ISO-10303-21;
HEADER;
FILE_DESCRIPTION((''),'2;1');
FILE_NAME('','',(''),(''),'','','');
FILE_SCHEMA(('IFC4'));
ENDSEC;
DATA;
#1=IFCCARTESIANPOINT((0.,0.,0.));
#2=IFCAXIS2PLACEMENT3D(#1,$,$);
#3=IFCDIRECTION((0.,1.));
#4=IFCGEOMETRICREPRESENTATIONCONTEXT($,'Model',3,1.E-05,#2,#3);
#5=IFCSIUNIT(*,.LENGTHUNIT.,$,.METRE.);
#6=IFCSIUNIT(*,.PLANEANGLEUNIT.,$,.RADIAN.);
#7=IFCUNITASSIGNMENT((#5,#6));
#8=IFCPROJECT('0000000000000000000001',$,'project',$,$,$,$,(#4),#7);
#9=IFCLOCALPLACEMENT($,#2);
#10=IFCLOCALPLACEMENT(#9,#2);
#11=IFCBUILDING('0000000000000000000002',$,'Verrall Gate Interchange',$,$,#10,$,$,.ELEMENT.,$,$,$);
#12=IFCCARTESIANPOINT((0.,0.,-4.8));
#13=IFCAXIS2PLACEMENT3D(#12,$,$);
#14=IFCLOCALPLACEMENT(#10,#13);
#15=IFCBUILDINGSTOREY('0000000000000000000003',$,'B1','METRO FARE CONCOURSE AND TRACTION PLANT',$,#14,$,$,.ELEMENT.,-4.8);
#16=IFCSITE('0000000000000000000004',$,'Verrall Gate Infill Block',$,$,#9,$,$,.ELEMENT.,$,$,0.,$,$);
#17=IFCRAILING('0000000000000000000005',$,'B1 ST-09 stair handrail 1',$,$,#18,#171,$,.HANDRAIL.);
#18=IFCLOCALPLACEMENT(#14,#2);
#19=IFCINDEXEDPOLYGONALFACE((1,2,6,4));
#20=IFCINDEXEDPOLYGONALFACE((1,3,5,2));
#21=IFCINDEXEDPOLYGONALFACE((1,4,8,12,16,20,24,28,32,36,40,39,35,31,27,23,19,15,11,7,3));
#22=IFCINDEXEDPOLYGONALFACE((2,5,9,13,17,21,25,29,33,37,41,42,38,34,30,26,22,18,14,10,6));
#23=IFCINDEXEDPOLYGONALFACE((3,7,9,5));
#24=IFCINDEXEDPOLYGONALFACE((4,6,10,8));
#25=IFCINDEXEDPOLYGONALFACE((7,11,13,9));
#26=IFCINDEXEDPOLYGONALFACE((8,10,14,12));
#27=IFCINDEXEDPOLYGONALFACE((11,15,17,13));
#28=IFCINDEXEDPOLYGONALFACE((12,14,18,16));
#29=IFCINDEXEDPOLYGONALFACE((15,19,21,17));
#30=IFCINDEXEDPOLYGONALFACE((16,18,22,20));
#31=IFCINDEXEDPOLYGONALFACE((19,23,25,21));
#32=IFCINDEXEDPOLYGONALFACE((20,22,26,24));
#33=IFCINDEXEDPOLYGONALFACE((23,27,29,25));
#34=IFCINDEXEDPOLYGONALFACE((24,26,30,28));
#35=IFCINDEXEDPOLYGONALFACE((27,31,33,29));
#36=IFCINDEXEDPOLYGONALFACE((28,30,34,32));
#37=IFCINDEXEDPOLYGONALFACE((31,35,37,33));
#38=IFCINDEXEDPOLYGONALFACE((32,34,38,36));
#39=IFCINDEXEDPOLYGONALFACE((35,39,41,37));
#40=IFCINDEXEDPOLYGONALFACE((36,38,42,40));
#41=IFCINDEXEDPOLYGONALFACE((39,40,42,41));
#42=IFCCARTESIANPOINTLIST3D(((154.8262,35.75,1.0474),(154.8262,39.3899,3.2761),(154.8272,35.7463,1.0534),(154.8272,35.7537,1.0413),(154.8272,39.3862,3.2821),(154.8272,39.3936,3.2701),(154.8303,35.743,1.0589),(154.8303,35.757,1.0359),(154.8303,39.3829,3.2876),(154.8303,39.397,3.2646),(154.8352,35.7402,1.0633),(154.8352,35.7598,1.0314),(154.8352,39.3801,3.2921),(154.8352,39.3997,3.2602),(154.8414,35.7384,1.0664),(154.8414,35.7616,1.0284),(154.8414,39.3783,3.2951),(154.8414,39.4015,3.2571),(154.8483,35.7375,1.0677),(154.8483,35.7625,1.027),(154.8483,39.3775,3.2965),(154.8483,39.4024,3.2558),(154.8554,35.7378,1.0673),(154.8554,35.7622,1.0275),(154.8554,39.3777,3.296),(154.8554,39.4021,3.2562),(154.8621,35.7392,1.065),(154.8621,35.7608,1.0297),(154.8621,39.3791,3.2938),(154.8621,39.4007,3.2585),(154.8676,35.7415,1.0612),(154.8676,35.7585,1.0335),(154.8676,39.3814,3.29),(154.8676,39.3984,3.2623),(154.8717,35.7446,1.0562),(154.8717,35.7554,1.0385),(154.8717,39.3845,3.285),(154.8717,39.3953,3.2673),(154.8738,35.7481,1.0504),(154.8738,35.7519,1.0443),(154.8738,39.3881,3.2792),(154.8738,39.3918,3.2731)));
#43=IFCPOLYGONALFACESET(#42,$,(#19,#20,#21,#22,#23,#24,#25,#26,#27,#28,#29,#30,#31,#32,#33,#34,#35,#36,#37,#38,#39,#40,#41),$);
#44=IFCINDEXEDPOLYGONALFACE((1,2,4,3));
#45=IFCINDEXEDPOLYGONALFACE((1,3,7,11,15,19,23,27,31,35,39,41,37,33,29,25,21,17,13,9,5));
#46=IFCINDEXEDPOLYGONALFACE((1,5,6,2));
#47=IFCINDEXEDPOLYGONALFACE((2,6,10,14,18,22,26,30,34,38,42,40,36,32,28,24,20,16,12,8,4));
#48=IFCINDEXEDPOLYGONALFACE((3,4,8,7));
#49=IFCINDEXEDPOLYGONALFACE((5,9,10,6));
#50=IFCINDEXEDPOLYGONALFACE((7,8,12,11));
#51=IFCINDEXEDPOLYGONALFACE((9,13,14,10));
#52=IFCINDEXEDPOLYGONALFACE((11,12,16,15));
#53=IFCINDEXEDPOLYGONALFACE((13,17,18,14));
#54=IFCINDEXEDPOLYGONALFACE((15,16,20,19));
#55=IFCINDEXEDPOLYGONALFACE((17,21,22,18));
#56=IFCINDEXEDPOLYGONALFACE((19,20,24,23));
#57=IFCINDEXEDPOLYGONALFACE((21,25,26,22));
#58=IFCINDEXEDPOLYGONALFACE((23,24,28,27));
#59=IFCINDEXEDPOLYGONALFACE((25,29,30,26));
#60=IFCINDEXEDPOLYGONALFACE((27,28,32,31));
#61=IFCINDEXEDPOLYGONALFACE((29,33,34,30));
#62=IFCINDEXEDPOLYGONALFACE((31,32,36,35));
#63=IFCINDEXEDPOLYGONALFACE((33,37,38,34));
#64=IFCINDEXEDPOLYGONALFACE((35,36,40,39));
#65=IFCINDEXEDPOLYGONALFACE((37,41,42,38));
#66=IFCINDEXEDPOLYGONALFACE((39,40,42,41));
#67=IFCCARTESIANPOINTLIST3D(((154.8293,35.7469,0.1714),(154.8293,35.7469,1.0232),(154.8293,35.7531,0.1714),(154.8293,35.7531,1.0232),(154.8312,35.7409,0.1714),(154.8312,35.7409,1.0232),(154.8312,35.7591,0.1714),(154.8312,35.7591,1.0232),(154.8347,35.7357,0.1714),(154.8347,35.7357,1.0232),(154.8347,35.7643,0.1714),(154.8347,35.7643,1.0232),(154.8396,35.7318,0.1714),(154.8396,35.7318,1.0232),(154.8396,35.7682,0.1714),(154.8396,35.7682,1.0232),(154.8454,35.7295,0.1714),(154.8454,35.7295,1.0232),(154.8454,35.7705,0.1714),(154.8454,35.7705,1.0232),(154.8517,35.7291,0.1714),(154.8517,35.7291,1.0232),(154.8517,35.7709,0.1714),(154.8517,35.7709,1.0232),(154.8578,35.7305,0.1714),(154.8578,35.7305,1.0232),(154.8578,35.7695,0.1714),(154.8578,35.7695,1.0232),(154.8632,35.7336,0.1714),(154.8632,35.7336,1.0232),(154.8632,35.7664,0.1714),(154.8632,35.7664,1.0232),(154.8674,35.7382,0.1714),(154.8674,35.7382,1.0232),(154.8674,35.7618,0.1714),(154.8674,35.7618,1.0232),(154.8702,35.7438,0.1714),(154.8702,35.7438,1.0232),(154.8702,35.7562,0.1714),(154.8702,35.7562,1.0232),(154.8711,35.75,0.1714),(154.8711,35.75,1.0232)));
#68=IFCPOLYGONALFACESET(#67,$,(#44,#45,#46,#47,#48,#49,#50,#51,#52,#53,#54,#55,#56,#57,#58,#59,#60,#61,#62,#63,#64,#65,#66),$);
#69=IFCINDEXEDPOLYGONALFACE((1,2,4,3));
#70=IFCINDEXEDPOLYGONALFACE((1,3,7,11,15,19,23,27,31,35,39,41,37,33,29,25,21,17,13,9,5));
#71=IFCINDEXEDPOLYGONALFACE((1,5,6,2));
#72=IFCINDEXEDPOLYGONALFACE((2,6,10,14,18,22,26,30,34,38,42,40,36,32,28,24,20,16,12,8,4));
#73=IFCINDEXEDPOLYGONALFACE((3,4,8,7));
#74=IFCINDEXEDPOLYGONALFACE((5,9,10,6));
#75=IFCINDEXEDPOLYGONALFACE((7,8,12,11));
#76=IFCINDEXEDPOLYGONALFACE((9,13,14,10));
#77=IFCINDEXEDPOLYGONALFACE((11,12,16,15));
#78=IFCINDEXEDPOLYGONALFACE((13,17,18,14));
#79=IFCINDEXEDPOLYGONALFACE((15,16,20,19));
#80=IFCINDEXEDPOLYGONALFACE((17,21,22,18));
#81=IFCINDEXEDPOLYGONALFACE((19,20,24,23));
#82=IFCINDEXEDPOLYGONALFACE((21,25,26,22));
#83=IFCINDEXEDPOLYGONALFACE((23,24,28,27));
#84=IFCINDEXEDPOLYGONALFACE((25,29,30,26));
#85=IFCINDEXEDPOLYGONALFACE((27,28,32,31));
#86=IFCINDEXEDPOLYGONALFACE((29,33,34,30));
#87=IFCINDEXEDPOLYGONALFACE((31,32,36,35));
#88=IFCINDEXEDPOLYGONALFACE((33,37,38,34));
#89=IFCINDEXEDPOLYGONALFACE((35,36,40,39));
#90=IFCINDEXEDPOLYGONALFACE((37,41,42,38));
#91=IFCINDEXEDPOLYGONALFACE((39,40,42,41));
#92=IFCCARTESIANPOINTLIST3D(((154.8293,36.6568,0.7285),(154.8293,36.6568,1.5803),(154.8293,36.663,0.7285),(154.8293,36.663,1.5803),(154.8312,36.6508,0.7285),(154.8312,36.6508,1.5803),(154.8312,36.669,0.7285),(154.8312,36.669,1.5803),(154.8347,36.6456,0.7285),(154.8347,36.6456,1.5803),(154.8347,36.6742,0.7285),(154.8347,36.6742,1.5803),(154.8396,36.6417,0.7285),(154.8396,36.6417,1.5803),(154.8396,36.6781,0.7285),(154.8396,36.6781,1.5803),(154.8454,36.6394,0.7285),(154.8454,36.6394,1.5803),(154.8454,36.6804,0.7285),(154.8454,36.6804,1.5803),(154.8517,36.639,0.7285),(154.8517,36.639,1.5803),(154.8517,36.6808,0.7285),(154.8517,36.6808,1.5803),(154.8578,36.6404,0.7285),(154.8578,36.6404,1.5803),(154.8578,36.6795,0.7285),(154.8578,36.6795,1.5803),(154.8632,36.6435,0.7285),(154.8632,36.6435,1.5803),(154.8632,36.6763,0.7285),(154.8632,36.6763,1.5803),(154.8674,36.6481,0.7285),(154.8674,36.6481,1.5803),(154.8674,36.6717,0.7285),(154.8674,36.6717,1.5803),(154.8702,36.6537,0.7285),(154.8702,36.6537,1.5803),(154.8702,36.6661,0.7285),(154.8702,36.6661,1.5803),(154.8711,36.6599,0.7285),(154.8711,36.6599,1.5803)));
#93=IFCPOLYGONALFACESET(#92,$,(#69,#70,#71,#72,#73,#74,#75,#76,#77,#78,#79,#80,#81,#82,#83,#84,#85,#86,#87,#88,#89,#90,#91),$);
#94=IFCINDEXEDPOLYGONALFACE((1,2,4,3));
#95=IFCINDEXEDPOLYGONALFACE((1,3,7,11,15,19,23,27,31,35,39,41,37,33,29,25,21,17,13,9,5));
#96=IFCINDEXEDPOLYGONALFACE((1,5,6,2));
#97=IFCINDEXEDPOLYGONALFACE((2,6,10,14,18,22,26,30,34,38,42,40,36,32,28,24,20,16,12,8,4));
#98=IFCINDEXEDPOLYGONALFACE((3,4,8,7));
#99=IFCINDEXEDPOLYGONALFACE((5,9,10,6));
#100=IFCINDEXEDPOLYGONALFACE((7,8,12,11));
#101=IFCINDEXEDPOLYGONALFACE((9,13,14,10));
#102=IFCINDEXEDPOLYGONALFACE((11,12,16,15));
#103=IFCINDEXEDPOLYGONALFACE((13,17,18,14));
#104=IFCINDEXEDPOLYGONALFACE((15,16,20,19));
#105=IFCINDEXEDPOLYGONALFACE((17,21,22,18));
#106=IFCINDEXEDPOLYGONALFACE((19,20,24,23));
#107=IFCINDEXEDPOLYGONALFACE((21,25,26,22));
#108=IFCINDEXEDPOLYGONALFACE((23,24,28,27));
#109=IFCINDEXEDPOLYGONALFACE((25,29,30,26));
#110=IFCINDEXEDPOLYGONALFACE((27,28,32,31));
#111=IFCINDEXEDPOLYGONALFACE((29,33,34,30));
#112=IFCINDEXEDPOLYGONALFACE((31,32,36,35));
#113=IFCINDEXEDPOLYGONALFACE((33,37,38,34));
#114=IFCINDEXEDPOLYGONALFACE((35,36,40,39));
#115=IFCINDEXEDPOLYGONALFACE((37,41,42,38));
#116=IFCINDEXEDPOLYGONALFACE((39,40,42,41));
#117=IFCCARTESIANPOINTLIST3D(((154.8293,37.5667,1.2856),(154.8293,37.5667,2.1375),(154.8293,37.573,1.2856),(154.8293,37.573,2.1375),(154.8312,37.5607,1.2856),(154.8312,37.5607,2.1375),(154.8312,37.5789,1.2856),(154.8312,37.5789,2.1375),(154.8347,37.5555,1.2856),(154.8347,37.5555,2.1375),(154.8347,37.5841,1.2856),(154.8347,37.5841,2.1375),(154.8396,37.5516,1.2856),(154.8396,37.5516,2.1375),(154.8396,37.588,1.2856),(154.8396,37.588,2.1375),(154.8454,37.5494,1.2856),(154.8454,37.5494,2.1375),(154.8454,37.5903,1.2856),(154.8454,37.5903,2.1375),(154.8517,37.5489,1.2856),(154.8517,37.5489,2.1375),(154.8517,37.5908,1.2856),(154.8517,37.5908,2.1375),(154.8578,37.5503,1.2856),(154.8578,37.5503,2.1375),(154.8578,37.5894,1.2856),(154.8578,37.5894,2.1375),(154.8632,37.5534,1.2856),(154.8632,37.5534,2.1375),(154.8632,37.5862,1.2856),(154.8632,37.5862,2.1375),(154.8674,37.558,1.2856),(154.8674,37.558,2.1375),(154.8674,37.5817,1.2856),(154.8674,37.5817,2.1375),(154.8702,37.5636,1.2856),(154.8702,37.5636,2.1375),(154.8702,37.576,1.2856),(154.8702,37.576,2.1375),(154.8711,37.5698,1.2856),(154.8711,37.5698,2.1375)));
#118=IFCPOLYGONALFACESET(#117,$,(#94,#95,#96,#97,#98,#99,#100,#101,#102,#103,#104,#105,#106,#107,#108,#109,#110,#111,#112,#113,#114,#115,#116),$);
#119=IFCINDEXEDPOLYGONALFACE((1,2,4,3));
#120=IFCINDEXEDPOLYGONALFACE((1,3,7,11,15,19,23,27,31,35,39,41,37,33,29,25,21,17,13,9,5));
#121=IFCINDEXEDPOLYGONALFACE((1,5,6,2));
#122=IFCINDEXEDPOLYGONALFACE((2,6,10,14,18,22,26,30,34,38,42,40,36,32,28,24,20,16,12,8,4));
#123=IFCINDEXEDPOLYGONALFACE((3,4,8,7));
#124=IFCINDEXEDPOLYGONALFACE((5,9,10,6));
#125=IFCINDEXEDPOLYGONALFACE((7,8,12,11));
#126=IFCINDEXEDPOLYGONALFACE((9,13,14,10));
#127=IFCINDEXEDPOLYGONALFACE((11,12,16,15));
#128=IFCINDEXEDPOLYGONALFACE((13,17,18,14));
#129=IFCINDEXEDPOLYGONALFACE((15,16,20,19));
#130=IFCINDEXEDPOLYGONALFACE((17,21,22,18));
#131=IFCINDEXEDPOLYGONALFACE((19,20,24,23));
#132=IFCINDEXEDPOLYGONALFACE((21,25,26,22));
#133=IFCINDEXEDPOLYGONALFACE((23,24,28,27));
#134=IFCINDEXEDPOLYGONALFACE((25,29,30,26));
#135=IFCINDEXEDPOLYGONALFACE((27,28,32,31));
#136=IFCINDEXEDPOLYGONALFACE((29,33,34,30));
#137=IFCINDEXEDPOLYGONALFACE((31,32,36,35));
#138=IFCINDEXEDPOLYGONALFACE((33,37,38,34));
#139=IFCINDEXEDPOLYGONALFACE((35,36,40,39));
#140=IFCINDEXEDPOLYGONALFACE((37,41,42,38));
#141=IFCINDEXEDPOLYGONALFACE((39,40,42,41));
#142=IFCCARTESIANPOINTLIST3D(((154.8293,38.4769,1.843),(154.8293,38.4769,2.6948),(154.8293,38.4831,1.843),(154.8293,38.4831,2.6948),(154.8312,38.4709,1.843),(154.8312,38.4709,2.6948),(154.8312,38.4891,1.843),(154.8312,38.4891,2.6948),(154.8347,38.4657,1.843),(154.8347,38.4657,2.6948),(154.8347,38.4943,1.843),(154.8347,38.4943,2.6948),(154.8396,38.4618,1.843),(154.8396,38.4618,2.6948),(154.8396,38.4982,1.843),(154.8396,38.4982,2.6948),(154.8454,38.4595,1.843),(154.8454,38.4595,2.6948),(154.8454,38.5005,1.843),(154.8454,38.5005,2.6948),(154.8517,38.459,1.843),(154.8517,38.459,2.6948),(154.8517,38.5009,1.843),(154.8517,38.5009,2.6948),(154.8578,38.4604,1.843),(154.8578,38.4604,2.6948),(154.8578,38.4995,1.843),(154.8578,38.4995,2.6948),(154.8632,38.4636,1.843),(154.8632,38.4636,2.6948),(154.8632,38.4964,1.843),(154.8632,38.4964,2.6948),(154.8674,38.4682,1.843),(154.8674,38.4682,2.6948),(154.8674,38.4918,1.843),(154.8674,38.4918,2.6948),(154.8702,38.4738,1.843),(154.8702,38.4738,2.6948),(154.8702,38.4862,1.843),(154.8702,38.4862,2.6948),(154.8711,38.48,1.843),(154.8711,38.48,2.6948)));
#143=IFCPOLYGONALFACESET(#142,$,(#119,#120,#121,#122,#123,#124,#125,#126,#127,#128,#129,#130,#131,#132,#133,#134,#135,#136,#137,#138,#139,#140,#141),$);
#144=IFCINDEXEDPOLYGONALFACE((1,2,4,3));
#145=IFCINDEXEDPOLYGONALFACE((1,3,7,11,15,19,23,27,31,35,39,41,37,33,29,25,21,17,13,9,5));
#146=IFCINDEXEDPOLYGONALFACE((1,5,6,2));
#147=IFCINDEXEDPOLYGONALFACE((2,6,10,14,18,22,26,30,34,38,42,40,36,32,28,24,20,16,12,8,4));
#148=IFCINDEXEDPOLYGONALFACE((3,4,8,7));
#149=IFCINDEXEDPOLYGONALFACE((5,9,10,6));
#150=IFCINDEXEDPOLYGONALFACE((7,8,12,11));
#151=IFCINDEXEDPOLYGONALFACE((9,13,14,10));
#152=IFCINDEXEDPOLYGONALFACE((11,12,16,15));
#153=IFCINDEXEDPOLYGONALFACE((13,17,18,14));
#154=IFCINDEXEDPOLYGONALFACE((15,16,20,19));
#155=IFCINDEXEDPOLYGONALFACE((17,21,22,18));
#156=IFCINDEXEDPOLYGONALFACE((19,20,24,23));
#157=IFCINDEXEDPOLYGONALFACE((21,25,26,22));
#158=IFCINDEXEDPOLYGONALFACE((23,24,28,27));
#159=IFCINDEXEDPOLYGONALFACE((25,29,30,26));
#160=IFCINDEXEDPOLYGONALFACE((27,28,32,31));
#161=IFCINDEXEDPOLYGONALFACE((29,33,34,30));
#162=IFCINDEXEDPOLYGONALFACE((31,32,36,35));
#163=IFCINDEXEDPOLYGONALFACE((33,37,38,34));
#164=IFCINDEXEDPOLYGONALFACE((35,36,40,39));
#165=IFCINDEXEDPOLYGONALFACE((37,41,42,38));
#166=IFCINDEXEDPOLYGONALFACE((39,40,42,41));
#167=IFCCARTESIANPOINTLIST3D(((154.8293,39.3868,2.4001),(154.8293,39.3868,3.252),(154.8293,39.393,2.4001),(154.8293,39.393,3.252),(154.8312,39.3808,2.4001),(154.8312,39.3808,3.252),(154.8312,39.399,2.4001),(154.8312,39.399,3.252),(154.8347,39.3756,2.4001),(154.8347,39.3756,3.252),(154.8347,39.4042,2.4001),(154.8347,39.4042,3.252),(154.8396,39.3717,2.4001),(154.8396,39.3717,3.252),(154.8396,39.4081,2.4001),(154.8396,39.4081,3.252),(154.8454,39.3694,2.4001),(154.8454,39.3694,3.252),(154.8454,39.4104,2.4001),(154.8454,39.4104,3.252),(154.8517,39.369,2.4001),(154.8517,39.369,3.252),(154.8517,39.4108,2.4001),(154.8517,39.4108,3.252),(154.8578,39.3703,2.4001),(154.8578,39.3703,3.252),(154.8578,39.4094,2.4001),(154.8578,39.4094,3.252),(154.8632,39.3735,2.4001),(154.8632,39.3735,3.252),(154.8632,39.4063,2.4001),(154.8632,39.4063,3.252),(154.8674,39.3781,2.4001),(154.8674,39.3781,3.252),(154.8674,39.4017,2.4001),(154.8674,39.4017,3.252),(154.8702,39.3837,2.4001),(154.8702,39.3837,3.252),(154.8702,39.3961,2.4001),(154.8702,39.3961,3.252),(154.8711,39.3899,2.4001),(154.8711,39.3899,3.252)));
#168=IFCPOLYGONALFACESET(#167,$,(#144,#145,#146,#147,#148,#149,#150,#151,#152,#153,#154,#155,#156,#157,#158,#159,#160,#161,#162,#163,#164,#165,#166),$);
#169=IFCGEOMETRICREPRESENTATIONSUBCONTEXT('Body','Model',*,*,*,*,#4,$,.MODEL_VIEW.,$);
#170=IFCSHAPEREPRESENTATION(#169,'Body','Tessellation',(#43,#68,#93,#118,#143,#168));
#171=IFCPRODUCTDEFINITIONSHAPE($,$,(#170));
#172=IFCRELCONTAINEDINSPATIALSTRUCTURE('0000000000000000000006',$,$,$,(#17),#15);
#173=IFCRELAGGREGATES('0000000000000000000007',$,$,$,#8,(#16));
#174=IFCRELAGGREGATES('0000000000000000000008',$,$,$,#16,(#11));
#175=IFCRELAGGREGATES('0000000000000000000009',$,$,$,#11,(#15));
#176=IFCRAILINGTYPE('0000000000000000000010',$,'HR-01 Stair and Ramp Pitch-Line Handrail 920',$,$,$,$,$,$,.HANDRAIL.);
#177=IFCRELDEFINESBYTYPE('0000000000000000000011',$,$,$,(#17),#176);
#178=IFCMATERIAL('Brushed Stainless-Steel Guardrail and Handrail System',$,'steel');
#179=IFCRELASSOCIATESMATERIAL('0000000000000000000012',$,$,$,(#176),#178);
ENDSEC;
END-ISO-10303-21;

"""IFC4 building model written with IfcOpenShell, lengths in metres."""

from ifc_helpers import new_model, si_unit, direction, frame, origin, origin_2d, place, context, subcontext, project, spatial, circle, extrude, material, type_object, element, save


model = new_model("IFC4")

# Units and contexts
model_context = context("Model", 3, precision=1e-05, world=origin(), true_north=direction((0.0, 1.0)))
body_context = subcontext(model_context, "Body", "Model", "MODEL_VIEW")
ifc_project = project(units=[si_unit("LENGTHUNIT", "METRE"), si_unit("PLANEANGLEUNIT", "RADIAN")], contexts=[model_context])

# Site, building, storey
site_placement = place(None, origin())
site = spatial("IfcSite", under=ifc_project, at=site_placement, Name="Verrall Gate Infill Block", CompositionType="ELEMENT", RefElevation=0.0)
building_placement = place(site_placement, origin())
building = spatial("IfcBuilding", under=site, at=building_placement, Name="Verrall Gate Interchange", CompositionType="ELEMENT")
storey_placement = place(building_placement, frame((0.0, 0.0, -4.8)))
storey = spatial("IfcBuildingStorey", under=building, at=storey_placement, Name="B1", Description="METRO FARE CONCOURSE AND TRACTION PLANT", CompositionType="ELEMENT", Elevation=-4.8)

# Railing
ifc_material_1 = material(Name="Brushed Stainless-Steel Guardrail and Handrail System", Category="steel")
railing_type_1 = type_object("IfcRailingType", Name="HR-01 Stair and Ramp Pitch-Line Handrail 920", PredefinedType="HANDRAIL", material=ifc_material_1)
railing_1_placement = place(storey_placement, frame((154.8501, 35.75, 0.1714)))
element("IfcRailing", 1, at=railing_1_placement, inside=storey, type_object=railing_type_1, Name="B1 ST-09 stair handrail 1", PredefinedType="HANDRAIL", context=body_context, shape_type="SweptSolid", body=[
    extrude(circle(Radius=0.0239, at=origin_2d()), frame((0.0, 0.0, 0.876), z_axis=(0.0, 0.852825, 0.522197), x_axis=(-1.0, 0.0, 0.0)), (0.0, 0.0, 1.0), 4.2681),
    extrude(circle(Radius=0.021, at=origin_2d()), origin(), (0.0, 0.0, 1.0), 0.8518),
    extrude(circle(Radius=0.021, at=origin_2d()), frame((0.0, 0.9099, 0.5571)), (0.0, 0.0, 1.0), 0.8518),
    extrude(circle(Radius=0.021, at=origin_2d()), frame((0.0, 1.8198, 1.1143)), (0.0, 0.0, 1.0), 0.8518),
    extrude(circle(Radius=0.021, at=origin_2d()), frame((0.0, 2.73, 1.6716)), (0.0, 0.0, 1.0), 0.8518),
    extrude(circle(Radius=0.021, at=origin_2d()), frame((0.0, 3.6399, 2.2288)), (0.0, 0.0, 1.0), 0.8518),
])

save(model, "model.ifc")
